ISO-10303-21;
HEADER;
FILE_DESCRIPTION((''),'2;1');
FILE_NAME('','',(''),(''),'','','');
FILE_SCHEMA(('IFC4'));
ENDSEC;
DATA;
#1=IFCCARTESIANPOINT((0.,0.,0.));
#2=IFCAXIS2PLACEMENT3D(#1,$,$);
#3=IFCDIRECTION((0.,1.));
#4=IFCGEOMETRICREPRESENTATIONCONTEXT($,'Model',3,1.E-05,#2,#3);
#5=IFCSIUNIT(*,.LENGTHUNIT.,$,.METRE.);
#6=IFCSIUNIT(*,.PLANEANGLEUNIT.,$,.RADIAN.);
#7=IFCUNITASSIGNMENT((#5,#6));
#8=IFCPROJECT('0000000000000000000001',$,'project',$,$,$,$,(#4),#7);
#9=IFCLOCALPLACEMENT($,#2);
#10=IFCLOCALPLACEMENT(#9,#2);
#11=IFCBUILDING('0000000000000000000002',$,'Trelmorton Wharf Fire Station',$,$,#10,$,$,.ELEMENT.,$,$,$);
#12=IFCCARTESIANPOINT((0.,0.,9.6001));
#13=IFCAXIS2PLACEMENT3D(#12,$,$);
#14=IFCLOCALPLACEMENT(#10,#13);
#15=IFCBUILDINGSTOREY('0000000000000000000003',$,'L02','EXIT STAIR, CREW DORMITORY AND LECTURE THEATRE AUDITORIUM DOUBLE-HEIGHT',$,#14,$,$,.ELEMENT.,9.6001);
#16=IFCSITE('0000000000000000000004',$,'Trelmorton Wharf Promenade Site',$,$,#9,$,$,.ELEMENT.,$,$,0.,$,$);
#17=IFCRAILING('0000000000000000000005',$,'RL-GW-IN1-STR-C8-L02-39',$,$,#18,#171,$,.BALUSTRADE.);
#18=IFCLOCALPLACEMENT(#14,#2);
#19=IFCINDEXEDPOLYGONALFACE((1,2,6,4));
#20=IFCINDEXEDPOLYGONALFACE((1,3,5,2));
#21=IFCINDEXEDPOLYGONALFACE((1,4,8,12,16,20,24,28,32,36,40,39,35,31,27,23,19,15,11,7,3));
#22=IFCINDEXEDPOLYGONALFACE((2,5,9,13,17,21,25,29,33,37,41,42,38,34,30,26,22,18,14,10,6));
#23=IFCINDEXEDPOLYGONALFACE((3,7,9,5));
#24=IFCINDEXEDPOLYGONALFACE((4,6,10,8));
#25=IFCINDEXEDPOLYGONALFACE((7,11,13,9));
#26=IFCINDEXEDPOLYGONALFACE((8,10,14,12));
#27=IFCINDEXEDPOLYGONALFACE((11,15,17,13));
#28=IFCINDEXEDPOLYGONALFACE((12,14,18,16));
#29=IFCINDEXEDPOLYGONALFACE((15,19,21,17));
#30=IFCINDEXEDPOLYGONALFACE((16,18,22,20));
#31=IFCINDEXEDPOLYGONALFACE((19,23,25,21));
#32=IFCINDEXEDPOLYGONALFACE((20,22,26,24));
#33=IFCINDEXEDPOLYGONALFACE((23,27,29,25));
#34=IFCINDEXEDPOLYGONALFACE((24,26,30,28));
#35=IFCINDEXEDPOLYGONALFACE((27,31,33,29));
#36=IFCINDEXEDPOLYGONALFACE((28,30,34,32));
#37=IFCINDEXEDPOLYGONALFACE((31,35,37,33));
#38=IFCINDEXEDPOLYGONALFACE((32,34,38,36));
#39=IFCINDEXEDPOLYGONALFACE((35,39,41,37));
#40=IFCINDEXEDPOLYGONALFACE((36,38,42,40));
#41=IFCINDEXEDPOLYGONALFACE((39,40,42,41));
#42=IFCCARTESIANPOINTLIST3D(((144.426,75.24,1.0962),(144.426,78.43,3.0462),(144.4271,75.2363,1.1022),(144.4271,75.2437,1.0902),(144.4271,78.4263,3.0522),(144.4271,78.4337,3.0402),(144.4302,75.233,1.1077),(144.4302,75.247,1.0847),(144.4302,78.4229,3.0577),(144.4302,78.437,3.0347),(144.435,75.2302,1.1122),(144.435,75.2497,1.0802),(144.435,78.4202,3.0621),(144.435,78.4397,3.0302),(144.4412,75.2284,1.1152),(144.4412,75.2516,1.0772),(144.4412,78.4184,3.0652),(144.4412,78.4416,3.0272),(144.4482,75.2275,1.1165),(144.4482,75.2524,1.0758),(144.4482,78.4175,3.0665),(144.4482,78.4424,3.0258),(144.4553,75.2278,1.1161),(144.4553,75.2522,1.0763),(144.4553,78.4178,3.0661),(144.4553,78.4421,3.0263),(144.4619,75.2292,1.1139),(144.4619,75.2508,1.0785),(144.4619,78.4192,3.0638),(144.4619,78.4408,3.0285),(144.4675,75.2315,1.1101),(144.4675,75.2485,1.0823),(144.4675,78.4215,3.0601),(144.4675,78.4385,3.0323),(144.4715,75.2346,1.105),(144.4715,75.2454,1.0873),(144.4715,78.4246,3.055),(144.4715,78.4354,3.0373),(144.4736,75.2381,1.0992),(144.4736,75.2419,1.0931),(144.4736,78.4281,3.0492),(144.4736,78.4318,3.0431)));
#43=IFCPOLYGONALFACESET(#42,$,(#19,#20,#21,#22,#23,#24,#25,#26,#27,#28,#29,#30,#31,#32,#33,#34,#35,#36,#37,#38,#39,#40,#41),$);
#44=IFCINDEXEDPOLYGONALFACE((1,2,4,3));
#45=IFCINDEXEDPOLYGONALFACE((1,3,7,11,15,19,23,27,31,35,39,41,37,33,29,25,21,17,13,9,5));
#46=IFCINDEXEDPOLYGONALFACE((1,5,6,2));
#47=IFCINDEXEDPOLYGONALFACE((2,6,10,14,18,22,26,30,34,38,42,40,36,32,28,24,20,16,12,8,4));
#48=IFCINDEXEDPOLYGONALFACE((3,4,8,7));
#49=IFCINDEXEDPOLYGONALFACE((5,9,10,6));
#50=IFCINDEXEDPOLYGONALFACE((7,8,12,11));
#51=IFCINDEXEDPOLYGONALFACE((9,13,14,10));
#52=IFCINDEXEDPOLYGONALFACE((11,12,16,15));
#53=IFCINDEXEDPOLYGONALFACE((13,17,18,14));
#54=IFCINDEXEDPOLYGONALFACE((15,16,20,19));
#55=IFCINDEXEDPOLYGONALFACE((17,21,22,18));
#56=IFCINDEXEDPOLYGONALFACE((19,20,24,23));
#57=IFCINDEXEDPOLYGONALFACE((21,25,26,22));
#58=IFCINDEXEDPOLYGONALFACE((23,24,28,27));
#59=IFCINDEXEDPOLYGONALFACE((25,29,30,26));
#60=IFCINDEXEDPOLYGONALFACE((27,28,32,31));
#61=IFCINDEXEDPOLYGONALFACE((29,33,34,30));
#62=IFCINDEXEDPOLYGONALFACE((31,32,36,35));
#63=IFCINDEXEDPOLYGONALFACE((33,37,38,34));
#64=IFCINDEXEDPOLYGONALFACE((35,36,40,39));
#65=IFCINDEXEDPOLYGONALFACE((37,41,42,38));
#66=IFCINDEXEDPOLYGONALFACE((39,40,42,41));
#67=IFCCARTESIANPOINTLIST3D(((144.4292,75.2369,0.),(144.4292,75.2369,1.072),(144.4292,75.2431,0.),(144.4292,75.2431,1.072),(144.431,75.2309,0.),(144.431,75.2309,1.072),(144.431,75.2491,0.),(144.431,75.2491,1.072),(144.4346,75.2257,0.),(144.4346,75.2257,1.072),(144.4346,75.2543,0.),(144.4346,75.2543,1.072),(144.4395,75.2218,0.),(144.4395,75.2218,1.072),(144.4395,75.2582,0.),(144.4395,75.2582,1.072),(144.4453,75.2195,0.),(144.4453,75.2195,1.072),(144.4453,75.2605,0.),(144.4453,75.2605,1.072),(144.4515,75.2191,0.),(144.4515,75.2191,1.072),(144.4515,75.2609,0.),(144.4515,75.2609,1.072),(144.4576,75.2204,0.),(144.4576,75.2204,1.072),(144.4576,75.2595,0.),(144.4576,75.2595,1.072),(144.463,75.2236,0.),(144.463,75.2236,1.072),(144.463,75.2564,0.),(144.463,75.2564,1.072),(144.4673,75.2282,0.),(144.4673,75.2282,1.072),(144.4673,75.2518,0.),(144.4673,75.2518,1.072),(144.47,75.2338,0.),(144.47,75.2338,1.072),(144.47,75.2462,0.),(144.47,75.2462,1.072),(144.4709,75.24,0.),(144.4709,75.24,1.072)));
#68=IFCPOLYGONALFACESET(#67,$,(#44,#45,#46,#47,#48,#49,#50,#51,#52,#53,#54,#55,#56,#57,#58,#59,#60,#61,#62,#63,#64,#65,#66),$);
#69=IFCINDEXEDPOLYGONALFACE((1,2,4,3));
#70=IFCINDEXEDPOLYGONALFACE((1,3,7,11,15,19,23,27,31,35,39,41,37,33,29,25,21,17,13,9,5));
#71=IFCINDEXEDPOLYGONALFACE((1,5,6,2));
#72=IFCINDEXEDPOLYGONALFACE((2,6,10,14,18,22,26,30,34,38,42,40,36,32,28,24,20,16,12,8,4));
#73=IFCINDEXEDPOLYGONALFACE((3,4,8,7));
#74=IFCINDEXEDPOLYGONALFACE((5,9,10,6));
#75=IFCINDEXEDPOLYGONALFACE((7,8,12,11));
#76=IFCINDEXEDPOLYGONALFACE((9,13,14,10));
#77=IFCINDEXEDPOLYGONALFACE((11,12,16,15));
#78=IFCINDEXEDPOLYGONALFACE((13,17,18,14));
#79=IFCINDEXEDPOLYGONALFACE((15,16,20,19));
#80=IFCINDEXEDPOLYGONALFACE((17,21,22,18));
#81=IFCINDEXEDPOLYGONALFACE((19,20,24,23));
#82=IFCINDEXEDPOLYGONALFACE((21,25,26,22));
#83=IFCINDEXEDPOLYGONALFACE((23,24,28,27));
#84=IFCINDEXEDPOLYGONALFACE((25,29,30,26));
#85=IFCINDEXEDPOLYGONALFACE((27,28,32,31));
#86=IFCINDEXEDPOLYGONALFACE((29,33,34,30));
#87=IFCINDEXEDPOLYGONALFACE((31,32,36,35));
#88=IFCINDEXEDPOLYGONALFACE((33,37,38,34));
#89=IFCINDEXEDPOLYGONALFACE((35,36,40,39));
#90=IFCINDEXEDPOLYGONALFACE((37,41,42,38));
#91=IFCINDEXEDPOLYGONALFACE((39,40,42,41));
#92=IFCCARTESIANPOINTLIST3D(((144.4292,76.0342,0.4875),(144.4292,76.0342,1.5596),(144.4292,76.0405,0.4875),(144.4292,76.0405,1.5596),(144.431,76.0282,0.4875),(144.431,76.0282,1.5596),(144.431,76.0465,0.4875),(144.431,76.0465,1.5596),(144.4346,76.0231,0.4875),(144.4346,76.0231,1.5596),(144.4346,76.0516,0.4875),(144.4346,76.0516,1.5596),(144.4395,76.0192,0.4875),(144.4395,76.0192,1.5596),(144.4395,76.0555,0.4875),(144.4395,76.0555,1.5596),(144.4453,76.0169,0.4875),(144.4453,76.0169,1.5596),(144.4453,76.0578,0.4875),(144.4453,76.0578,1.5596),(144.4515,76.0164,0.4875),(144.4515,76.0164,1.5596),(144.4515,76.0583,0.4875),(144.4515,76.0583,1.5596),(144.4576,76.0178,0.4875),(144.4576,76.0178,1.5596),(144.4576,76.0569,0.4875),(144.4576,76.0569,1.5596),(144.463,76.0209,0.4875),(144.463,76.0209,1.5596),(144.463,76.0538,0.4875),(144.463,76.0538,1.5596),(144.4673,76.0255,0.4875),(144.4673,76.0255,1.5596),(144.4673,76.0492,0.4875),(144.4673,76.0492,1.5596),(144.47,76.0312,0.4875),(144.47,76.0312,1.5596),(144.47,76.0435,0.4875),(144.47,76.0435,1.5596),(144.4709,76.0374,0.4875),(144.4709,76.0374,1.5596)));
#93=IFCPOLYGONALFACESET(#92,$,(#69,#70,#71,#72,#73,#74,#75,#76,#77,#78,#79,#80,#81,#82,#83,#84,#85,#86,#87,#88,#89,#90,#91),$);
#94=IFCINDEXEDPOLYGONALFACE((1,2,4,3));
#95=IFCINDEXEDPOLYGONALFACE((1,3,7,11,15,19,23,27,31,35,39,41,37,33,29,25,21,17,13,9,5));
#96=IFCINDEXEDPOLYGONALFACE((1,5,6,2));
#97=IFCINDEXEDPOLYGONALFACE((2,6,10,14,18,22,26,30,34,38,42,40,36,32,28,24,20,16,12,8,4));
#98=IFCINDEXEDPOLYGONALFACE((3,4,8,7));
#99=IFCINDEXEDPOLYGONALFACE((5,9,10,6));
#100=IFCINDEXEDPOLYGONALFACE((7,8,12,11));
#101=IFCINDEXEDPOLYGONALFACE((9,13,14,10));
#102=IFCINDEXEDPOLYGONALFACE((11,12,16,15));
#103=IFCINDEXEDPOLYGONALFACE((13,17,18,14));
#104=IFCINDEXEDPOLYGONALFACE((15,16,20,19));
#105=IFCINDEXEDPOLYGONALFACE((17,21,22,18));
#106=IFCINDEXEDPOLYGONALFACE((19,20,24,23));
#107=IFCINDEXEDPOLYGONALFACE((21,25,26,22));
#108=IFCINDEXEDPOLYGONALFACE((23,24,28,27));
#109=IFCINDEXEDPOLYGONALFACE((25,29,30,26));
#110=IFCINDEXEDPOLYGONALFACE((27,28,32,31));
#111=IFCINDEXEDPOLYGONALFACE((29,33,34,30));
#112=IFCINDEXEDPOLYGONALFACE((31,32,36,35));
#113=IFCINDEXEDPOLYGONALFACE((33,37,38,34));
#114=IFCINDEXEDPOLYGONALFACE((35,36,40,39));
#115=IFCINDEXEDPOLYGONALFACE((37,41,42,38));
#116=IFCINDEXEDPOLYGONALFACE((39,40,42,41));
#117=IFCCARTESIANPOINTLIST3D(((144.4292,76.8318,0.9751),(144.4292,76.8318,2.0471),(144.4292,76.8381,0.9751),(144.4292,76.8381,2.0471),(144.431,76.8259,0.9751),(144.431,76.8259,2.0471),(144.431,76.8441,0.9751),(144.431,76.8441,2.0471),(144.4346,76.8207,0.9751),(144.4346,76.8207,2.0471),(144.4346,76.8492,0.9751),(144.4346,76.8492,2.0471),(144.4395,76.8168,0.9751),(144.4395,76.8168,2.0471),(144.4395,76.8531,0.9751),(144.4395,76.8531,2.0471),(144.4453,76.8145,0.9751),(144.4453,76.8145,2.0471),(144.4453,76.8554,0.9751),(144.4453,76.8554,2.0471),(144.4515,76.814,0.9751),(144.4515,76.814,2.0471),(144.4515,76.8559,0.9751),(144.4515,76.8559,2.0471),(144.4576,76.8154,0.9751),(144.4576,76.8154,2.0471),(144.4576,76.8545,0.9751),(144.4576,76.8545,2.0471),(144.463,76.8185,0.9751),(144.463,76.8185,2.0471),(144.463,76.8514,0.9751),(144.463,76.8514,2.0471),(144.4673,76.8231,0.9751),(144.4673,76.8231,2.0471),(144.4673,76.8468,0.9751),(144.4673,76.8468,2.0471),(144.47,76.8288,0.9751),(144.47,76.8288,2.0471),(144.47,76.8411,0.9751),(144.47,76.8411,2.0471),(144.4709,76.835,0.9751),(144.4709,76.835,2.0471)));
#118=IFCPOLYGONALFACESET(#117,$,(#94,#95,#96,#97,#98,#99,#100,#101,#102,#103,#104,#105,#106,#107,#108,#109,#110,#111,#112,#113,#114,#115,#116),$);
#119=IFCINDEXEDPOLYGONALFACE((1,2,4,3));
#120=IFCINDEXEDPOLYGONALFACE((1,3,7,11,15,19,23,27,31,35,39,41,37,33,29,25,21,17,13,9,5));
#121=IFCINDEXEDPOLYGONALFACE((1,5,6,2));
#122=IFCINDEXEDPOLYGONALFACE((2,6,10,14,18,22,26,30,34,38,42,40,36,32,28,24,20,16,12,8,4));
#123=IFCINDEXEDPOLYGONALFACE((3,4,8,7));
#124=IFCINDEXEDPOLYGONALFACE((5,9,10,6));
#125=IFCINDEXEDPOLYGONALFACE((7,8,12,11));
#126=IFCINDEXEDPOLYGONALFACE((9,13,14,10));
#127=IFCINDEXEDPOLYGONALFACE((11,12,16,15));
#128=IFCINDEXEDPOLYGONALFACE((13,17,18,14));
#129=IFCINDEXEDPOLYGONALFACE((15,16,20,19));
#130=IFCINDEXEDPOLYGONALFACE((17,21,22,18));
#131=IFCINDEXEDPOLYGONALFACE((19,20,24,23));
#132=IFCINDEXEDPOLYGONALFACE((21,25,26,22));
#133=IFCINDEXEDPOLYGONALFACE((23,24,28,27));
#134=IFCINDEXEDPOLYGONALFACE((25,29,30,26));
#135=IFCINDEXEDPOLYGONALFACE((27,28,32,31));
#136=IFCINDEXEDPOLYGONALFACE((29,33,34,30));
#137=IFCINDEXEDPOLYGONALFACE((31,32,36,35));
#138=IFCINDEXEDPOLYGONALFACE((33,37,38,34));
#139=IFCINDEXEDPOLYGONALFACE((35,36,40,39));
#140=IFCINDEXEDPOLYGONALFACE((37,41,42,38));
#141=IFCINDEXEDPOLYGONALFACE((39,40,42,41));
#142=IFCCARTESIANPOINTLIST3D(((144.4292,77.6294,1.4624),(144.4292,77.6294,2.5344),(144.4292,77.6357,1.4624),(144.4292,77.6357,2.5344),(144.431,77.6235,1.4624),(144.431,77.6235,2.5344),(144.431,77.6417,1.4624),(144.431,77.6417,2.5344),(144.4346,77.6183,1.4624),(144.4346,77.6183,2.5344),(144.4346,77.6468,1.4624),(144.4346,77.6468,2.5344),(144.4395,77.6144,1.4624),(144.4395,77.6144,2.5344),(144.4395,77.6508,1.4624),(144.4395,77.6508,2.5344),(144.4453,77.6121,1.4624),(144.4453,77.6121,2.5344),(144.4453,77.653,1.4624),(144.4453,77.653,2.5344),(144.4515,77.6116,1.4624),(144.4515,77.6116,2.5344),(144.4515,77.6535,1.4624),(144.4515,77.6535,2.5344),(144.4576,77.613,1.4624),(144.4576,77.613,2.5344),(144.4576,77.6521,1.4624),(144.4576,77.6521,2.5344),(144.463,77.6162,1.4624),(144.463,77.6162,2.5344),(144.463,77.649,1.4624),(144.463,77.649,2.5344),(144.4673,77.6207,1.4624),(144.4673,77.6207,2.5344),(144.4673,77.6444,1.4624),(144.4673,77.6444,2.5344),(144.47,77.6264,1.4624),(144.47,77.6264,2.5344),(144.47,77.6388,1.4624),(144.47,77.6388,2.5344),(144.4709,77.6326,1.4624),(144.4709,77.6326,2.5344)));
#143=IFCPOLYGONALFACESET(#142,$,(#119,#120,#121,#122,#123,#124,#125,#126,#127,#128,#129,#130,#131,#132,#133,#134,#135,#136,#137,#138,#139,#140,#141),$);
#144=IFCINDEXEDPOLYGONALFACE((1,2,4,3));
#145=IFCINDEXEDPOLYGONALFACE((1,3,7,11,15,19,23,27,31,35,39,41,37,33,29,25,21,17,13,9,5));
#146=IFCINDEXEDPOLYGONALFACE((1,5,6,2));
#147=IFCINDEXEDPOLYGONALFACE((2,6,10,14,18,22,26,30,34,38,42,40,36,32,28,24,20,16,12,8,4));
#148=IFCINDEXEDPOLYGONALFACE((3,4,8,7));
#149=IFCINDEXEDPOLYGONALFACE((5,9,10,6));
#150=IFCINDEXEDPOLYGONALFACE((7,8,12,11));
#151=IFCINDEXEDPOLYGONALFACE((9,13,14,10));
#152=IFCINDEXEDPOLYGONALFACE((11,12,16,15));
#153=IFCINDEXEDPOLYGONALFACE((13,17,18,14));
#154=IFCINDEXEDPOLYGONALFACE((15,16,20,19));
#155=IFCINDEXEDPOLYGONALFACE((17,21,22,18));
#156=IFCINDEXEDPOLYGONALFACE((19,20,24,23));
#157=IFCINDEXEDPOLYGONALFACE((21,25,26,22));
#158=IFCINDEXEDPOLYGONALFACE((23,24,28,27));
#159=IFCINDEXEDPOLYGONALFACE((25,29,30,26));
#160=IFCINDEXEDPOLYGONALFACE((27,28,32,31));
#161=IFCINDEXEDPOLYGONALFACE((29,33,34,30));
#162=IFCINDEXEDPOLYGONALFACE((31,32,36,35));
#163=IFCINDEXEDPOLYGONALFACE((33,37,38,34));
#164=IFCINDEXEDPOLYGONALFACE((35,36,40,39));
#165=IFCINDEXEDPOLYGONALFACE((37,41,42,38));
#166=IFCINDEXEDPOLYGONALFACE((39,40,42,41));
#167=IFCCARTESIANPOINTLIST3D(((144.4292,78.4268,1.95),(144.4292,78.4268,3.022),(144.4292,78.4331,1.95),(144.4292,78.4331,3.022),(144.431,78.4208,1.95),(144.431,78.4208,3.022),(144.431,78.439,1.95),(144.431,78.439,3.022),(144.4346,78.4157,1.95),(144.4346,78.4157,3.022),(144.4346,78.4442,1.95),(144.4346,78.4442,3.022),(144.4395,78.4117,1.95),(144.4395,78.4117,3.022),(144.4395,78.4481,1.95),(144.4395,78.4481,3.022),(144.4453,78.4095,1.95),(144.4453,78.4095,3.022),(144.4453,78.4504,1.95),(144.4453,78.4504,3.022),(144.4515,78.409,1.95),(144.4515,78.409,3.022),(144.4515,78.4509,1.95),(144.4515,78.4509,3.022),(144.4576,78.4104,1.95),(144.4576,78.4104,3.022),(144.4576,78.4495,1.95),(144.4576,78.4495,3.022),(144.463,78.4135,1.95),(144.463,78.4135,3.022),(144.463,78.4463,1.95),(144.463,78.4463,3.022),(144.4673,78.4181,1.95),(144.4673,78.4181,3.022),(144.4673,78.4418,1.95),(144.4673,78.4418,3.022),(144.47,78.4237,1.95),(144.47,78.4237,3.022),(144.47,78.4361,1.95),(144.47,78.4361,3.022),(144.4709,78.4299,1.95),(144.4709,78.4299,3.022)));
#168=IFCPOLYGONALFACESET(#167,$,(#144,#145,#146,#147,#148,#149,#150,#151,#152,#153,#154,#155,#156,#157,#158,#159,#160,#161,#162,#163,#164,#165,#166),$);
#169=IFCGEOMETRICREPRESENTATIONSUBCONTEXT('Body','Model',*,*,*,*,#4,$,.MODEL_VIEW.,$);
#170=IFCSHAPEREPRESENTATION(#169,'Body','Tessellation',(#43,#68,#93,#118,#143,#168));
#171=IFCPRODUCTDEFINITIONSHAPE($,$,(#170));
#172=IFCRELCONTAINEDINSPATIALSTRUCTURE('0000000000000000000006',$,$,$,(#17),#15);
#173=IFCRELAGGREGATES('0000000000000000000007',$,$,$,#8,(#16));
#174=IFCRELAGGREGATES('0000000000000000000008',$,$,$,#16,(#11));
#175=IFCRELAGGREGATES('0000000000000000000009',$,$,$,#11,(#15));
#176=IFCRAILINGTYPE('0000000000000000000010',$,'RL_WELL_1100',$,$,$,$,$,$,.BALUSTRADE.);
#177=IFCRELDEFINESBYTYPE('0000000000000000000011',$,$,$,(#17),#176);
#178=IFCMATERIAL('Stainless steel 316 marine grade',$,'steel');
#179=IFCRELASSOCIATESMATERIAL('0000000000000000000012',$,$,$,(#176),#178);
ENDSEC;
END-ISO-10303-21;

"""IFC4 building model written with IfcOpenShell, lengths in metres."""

from ifc_helpers import new_model, si_unit, direction, frame, origin, origin_2d, place, context, subcontext, project, spatial, circle, extrude, material, type_object, element, save


model = new_model("IFC4")

# Units and contexts
model_context = context("Model", 3, precision=1e-05, world=origin(), true_north=direction((0.0, 1.0)))
body_context = subcontext(model_context, "Body", "Model", "MODEL_VIEW")
ifc_project = project(units=[si_unit("LENGTHUNIT", "METRE"), si_unit("PLANEANGLEUNIT", "RADIAN")], contexts=[model_context])

# Site, building, storey
site_placement = place(None, origin())
site = spatial("IfcSite", under=ifc_project, at=site_placement, Name="Trelmorton Wharf Promenade Site", CompositionType="ELEMENT", RefElevation=0.0)
building_placement = place(site_placement, origin())
building = spatial("IfcBuilding", under=site, at=building_placement, Name="Trelmorton Wharf Fire Station", CompositionType="ELEMENT")
storey_placement = place(building_placement, frame((0.0, 0.0, 9.6001)))
storey = spatial("IfcBuildingStorey", under=building, at=storey_placement, Name="L02", Description="EXIT STAIR, CREW DORMITORY AND LECTURE THEATRE AUDITORIUM DOUBLE-HEIGHT", CompositionType="ELEMENT", Elevation=9.6001)

# Shared definitions
ifc_material_1 = material(Name="Stainless steel 316 marine grade", Category="steel")

# Railing
railing_type_1 = type_object("IfcRailingType", Name="RL_WELL_1100", PredefinedType="BALUSTRADE", material=ifc_material_1)
railing_1_placement = place(storey_placement, frame((144.45, 75.24, 0.0)))
element("IfcRailing", 1, at=railing_1_placement, inside=storey, type_object=railing_type_1, Name="RL-GW-IN1-STR-C8-L02-39", PredefinedType="BALUSTRADE", context=body_context, shape_type="SweptSolid", body=[
    extrude(circle(Radius=0.0239, at=origin_2d()), frame((0.0, 0.0, 1.0962), z_axis=(0.0, 0.853217, 0.521556), x_axis=(-1.0, 0.0, 0.0)), (0.0, 0.0, 1.0), 3.7388),
    extrude(circle(Radius=0.021, at=origin_2d()), origin(), (0.0, 0.0, 1.0), 1.072),
    extrude(circle(Radius=0.021, at=origin_2d()), frame((0.0, 0.7974, 0.4875)), (0.0, 0.0, 1.0), 1.072),
    extrude(circle(Radius=0.021, at=origin_2d()), frame((0.0, 1.595, 0.9751)), (0.0, 0.0, 1.0), 1.072),
    extrude(circle(Radius=0.021, at=origin_2d()), frame((0.0, 2.3926, 1.4624)), (0.0, 0.0, 1.0), 1.072),
    extrude(circle(Radius=0.021, at=origin_2d()), frame((0.0, 3.1899, 1.95)), (0.0, 0.0, 1.0), 1.072),
])

save(model, "model.ifc")
